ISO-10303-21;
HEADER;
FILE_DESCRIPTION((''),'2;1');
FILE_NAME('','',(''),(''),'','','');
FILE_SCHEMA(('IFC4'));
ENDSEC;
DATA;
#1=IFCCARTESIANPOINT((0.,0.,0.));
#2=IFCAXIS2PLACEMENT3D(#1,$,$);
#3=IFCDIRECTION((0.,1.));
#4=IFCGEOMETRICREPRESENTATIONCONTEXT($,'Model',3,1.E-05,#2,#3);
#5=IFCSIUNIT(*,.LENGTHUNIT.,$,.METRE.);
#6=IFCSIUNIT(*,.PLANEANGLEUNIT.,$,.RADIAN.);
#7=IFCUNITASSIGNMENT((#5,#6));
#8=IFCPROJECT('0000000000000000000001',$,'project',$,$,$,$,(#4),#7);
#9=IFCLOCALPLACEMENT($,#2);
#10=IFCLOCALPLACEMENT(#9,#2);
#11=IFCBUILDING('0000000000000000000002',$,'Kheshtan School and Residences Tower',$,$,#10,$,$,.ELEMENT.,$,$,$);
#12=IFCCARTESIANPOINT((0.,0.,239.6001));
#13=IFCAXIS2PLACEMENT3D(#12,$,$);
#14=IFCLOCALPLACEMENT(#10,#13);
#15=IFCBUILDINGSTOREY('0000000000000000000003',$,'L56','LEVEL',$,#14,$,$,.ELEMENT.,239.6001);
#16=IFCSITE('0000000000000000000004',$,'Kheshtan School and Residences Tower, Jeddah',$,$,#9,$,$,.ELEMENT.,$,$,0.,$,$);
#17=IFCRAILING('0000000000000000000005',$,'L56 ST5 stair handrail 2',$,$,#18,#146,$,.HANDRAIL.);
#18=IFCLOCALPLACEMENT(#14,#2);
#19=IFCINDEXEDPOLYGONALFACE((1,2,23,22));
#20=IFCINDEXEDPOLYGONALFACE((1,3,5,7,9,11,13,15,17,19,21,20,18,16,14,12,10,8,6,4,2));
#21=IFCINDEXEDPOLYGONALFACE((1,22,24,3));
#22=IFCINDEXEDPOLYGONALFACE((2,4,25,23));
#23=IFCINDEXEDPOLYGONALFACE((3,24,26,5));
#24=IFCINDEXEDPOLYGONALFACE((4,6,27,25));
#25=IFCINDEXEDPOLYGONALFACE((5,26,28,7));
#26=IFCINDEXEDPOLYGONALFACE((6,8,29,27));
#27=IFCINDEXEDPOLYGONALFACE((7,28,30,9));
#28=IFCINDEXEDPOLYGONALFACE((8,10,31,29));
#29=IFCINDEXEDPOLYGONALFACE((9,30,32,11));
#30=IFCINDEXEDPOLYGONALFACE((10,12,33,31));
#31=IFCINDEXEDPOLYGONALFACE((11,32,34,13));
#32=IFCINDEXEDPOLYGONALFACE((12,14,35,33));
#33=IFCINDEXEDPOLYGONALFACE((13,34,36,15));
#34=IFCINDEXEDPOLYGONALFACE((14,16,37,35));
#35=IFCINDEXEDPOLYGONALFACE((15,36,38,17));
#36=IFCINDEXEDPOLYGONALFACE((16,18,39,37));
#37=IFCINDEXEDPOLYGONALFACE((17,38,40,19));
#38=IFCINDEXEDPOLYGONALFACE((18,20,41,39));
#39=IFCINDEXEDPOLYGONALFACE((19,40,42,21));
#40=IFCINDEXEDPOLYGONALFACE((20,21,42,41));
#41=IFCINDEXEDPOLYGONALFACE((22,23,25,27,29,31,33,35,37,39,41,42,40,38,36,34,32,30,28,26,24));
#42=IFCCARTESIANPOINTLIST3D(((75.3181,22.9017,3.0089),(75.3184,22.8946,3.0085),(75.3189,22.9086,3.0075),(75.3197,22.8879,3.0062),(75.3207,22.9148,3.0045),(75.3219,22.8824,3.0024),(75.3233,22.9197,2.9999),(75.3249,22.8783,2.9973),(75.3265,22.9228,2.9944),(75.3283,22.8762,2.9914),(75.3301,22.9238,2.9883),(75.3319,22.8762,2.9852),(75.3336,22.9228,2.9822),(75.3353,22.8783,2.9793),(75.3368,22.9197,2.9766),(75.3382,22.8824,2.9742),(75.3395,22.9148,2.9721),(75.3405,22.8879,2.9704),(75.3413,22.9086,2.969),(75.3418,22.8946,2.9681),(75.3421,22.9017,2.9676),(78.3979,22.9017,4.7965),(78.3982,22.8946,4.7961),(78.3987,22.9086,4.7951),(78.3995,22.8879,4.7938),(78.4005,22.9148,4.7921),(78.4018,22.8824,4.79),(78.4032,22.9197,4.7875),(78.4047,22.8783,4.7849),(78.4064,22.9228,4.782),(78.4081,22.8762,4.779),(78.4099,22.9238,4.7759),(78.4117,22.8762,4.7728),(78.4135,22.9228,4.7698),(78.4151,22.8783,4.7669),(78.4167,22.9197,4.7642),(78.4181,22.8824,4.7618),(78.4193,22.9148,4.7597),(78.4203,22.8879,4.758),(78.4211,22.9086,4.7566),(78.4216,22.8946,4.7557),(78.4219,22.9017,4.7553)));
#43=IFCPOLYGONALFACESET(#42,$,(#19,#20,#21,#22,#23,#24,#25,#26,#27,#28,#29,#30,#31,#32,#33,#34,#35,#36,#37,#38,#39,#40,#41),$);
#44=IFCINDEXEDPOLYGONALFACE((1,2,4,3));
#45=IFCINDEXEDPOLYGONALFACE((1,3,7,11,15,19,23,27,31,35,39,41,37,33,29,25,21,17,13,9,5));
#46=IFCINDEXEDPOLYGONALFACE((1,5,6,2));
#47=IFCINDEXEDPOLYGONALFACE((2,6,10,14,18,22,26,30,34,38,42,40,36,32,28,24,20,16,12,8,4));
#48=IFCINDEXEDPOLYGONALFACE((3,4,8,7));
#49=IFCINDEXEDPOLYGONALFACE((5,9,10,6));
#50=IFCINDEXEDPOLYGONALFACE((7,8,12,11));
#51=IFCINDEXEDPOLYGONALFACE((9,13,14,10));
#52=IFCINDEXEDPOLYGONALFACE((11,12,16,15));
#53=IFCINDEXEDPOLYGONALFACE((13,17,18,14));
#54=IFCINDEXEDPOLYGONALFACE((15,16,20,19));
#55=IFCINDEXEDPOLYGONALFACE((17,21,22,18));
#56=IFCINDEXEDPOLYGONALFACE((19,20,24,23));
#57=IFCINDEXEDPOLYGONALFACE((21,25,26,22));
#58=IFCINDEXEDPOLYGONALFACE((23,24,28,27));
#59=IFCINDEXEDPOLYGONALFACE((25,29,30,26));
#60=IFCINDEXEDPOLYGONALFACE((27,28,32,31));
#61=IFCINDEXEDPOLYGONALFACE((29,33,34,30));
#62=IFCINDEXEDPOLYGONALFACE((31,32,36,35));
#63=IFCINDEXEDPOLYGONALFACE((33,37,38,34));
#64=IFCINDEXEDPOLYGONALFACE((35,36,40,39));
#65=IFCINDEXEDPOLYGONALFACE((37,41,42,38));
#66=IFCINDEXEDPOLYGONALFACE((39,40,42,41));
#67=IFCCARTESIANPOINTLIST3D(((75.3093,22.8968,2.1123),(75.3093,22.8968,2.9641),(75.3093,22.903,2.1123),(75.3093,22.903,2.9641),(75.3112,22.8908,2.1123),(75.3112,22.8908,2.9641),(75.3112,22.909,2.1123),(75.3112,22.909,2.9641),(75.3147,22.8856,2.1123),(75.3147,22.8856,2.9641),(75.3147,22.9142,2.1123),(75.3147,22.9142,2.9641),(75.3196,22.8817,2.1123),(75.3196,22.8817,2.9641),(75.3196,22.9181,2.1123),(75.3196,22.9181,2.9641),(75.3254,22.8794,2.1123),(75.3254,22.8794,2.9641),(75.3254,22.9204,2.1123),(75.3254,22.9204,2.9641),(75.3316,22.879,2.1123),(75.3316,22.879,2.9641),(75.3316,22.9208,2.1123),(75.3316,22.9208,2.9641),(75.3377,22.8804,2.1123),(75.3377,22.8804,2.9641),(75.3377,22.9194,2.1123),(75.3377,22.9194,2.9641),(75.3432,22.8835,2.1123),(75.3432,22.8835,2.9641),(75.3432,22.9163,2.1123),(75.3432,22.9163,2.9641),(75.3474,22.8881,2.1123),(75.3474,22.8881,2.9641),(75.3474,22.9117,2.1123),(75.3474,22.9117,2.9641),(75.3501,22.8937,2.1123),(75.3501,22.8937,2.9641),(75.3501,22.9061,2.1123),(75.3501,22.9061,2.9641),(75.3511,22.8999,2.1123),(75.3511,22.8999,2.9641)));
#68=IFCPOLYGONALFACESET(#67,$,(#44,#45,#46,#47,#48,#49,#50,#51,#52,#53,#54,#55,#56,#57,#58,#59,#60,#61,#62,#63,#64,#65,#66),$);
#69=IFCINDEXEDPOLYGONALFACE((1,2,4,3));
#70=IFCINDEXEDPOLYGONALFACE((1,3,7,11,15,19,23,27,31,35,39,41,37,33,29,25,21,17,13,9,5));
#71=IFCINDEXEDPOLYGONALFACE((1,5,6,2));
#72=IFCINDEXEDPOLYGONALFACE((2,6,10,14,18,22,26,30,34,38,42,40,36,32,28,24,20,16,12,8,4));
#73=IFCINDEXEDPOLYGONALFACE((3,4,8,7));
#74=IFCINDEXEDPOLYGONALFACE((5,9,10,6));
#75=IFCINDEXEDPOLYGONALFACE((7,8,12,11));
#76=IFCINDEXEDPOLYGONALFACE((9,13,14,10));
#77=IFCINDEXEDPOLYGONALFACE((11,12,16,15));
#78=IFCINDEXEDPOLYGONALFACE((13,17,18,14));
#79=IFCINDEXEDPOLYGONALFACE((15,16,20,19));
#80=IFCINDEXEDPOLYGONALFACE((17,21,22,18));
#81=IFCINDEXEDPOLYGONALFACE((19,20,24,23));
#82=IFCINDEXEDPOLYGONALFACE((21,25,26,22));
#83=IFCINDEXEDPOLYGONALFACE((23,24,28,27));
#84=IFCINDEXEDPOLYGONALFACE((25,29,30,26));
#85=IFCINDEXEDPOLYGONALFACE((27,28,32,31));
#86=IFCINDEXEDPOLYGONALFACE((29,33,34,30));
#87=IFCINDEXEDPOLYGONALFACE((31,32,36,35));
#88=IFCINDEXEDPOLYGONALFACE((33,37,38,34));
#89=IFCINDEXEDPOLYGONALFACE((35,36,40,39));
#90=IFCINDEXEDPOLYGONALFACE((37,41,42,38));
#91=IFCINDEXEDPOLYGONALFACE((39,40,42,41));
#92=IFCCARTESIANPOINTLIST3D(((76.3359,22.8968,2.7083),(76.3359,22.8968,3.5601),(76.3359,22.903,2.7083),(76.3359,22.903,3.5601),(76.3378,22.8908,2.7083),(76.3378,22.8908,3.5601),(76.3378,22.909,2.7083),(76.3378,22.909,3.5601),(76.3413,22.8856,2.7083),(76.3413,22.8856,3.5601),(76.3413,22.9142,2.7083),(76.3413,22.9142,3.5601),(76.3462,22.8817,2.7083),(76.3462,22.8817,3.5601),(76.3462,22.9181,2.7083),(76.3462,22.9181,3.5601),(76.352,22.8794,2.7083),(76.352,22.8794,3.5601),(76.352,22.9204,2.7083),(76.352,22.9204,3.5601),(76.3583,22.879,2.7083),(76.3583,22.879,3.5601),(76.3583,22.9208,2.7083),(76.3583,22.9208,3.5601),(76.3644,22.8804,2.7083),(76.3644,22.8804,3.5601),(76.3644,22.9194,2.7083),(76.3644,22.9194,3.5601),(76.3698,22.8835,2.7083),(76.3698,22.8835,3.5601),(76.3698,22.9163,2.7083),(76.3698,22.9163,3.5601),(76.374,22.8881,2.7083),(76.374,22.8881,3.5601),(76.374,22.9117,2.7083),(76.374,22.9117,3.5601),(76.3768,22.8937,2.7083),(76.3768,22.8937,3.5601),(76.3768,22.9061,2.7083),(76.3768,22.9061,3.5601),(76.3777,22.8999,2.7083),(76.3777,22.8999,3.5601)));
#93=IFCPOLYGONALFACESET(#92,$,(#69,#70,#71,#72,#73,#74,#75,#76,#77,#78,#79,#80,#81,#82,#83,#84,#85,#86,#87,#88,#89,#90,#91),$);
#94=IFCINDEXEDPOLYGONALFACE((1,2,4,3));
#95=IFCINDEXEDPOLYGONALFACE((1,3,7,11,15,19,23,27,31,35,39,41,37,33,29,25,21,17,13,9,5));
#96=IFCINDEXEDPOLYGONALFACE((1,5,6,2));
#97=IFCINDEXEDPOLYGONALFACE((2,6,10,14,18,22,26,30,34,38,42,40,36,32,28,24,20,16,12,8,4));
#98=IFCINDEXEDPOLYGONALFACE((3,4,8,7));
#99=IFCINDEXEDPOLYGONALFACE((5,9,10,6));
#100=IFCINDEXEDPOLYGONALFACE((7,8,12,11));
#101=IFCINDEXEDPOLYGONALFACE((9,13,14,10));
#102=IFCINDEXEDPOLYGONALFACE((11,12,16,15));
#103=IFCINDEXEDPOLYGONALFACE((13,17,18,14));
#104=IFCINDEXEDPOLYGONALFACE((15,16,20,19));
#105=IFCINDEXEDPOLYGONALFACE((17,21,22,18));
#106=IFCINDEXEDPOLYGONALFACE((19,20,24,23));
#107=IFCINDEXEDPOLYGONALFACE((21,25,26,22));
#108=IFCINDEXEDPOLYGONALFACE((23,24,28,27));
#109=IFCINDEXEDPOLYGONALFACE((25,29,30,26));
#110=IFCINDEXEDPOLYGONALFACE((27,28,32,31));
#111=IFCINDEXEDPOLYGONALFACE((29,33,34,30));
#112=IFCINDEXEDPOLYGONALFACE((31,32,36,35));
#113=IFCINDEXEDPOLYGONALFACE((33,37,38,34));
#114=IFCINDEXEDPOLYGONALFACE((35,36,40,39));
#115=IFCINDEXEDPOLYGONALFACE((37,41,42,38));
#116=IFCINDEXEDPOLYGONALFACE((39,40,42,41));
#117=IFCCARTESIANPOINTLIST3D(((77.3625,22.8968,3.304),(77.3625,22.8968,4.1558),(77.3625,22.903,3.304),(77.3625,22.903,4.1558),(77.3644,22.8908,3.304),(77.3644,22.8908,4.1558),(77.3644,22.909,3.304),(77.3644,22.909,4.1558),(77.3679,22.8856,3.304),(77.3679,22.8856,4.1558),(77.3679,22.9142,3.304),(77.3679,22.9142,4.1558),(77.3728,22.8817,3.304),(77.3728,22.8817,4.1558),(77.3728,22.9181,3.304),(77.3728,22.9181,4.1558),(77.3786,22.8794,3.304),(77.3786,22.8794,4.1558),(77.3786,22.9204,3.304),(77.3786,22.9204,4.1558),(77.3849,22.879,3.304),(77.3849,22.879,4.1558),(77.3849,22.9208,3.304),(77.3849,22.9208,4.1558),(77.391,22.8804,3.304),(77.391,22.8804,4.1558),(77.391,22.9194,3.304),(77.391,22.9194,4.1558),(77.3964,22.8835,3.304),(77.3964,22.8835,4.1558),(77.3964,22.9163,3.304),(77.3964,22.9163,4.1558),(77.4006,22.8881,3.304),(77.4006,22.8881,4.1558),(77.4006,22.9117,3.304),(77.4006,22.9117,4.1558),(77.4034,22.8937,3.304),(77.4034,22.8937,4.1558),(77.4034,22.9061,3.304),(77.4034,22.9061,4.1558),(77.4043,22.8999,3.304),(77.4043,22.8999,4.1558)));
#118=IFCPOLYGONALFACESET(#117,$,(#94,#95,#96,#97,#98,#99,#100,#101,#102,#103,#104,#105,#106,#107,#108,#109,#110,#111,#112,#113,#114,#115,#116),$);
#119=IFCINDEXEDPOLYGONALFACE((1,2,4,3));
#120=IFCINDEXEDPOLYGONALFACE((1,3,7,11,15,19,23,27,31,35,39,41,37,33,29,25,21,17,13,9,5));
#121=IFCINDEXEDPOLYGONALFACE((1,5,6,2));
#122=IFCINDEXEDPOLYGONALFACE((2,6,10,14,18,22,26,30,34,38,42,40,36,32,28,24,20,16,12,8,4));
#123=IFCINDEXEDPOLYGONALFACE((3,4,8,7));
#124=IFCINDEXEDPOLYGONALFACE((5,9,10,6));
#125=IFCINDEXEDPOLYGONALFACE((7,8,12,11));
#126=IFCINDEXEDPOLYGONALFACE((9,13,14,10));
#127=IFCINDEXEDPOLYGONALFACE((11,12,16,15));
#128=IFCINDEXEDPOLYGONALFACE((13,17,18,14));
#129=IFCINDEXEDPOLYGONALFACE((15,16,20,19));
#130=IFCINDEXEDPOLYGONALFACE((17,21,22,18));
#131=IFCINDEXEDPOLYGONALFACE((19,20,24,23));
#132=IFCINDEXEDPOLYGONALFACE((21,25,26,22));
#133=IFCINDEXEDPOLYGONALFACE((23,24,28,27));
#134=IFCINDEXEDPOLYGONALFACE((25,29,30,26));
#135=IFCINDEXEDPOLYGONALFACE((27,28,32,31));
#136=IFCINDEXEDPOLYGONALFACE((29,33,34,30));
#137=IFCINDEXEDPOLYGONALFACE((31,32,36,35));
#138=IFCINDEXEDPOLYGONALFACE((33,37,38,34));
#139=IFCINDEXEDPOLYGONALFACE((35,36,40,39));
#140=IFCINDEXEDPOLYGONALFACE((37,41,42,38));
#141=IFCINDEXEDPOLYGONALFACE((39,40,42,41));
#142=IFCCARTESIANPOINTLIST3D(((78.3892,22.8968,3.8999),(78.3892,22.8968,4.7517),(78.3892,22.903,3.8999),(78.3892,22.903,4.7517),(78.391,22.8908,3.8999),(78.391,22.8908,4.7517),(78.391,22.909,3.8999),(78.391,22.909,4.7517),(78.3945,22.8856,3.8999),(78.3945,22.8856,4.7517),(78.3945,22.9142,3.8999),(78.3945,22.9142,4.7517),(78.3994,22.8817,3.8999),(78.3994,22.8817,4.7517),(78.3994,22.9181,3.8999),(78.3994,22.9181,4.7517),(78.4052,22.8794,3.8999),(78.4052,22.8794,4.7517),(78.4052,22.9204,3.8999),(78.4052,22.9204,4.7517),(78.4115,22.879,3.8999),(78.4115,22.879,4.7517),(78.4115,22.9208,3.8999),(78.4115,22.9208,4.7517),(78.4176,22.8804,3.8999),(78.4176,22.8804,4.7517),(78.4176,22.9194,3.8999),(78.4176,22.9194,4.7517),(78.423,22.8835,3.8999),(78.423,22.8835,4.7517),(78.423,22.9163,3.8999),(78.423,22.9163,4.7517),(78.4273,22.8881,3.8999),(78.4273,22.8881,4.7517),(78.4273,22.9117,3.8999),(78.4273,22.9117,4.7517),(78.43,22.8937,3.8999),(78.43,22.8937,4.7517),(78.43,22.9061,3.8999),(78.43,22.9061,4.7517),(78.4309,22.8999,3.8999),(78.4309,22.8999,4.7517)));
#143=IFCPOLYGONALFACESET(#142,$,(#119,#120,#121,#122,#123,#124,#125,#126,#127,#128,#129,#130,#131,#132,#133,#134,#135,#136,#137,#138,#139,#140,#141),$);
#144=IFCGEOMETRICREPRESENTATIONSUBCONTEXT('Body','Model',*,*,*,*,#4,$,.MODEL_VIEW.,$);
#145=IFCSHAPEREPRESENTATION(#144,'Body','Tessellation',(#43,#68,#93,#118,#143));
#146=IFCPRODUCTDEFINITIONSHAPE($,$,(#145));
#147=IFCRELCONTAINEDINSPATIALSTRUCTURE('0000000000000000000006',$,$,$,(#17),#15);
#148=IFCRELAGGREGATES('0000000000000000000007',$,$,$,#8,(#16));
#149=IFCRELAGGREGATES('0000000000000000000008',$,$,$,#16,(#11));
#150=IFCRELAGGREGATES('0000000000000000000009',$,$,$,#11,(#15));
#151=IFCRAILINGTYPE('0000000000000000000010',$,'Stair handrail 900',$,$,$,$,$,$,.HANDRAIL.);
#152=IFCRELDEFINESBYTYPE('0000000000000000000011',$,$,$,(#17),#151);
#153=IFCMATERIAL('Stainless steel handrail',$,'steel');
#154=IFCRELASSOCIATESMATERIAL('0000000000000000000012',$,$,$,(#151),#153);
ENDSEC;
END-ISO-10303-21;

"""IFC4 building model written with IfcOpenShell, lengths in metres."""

from ifc_helpers import new_model, si_unit, direction, frame, origin, origin_2d, place, context, subcontext, project, spatial, circle, extrude, material, type_object, element, save


model = new_model("IFC4")

# Units and contexts
model_context = context("Model", 3, precision=1e-05, world=origin(), true_north=direction((0.0, 1.0)))
body_context = subcontext(model_context, "Body", "Model", "MODEL_VIEW")
ifc_project = project(units=[si_unit("LENGTHUNIT", "METRE"), si_unit("PLANEANGLEUNIT", "RADIAN")], contexts=[model_context])

# Site, building, storey
site_placement = place(None, origin())
site = spatial("IfcSite", under=ifc_project, at=site_placement, Name="Kheshtan School and Residences Tower, Jeddah", CompositionType="ELEMENT", RefElevation=0.0)
building_placement = place(site_placement, origin())
building = spatial("IfcBuilding", under=site, at=building_placement, Name="Kheshtan School and Residences Tower", CompositionType="ELEMENT")
storey_placement = place(building_placement, frame((0.0, 0.0, 239.6001)))
storey = spatial("IfcBuildingStorey", under=building, at=storey_placement, Name="L56", Description="LEVEL", CompositionType="ELEMENT", Elevation=239.6001)

# Railing
ifc_material_1 = material(Name="Stainless steel handrail", Category="steel")
railing_type_1 = type_object("IfcRailingType", Name="Stair handrail 900", PredefinedType="HANDRAIL", material=ifc_material_1)
railing_1_placement = place(storey_placement, frame((75.3301, 22.8999, 2.1123)))
element("IfcRailing", 1, at=railing_1_placement, inside=storey, type_object=railing_type_1, Name="L56 ST5 stair handrail 2", PredefinedType="HANDRAIL", context=body_context, shape_type="SweptSolid", body=[
    extrude(circle(Radius=0.0239, at=origin_2d()), frame((0.0, 0.0, 0.876), z_axis=(0.864873, 0.0, 0.50199), x_axis=(0.0, 1.0, 0.0)), (0.0, 0.0, 1.0), 3.561),
    extrude(circle(Radius=0.021, at=origin_2d()), origin(), (0.0, 0.0, 1.0), 0.8518),
    extrude(circle(Radius=0.021, at=origin_2d()), frame((1.0266, 0.0, 0.5959)), (0.0, 0.0, 1.0), 0.8518),
    extrude(circle(Radius=0.021, at=origin_2d()), frame((2.0532, 0.0, 1.1917)), (0.0, 0.0, 1.0), 0.8518),
    extrude(circle(Radius=0.021, at=origin_2d()), frame((3.0798, 0.0, 1.7876)), (0.0, 0.0, 1.0), 0.8518),
])

save(model, "model.ifc")
